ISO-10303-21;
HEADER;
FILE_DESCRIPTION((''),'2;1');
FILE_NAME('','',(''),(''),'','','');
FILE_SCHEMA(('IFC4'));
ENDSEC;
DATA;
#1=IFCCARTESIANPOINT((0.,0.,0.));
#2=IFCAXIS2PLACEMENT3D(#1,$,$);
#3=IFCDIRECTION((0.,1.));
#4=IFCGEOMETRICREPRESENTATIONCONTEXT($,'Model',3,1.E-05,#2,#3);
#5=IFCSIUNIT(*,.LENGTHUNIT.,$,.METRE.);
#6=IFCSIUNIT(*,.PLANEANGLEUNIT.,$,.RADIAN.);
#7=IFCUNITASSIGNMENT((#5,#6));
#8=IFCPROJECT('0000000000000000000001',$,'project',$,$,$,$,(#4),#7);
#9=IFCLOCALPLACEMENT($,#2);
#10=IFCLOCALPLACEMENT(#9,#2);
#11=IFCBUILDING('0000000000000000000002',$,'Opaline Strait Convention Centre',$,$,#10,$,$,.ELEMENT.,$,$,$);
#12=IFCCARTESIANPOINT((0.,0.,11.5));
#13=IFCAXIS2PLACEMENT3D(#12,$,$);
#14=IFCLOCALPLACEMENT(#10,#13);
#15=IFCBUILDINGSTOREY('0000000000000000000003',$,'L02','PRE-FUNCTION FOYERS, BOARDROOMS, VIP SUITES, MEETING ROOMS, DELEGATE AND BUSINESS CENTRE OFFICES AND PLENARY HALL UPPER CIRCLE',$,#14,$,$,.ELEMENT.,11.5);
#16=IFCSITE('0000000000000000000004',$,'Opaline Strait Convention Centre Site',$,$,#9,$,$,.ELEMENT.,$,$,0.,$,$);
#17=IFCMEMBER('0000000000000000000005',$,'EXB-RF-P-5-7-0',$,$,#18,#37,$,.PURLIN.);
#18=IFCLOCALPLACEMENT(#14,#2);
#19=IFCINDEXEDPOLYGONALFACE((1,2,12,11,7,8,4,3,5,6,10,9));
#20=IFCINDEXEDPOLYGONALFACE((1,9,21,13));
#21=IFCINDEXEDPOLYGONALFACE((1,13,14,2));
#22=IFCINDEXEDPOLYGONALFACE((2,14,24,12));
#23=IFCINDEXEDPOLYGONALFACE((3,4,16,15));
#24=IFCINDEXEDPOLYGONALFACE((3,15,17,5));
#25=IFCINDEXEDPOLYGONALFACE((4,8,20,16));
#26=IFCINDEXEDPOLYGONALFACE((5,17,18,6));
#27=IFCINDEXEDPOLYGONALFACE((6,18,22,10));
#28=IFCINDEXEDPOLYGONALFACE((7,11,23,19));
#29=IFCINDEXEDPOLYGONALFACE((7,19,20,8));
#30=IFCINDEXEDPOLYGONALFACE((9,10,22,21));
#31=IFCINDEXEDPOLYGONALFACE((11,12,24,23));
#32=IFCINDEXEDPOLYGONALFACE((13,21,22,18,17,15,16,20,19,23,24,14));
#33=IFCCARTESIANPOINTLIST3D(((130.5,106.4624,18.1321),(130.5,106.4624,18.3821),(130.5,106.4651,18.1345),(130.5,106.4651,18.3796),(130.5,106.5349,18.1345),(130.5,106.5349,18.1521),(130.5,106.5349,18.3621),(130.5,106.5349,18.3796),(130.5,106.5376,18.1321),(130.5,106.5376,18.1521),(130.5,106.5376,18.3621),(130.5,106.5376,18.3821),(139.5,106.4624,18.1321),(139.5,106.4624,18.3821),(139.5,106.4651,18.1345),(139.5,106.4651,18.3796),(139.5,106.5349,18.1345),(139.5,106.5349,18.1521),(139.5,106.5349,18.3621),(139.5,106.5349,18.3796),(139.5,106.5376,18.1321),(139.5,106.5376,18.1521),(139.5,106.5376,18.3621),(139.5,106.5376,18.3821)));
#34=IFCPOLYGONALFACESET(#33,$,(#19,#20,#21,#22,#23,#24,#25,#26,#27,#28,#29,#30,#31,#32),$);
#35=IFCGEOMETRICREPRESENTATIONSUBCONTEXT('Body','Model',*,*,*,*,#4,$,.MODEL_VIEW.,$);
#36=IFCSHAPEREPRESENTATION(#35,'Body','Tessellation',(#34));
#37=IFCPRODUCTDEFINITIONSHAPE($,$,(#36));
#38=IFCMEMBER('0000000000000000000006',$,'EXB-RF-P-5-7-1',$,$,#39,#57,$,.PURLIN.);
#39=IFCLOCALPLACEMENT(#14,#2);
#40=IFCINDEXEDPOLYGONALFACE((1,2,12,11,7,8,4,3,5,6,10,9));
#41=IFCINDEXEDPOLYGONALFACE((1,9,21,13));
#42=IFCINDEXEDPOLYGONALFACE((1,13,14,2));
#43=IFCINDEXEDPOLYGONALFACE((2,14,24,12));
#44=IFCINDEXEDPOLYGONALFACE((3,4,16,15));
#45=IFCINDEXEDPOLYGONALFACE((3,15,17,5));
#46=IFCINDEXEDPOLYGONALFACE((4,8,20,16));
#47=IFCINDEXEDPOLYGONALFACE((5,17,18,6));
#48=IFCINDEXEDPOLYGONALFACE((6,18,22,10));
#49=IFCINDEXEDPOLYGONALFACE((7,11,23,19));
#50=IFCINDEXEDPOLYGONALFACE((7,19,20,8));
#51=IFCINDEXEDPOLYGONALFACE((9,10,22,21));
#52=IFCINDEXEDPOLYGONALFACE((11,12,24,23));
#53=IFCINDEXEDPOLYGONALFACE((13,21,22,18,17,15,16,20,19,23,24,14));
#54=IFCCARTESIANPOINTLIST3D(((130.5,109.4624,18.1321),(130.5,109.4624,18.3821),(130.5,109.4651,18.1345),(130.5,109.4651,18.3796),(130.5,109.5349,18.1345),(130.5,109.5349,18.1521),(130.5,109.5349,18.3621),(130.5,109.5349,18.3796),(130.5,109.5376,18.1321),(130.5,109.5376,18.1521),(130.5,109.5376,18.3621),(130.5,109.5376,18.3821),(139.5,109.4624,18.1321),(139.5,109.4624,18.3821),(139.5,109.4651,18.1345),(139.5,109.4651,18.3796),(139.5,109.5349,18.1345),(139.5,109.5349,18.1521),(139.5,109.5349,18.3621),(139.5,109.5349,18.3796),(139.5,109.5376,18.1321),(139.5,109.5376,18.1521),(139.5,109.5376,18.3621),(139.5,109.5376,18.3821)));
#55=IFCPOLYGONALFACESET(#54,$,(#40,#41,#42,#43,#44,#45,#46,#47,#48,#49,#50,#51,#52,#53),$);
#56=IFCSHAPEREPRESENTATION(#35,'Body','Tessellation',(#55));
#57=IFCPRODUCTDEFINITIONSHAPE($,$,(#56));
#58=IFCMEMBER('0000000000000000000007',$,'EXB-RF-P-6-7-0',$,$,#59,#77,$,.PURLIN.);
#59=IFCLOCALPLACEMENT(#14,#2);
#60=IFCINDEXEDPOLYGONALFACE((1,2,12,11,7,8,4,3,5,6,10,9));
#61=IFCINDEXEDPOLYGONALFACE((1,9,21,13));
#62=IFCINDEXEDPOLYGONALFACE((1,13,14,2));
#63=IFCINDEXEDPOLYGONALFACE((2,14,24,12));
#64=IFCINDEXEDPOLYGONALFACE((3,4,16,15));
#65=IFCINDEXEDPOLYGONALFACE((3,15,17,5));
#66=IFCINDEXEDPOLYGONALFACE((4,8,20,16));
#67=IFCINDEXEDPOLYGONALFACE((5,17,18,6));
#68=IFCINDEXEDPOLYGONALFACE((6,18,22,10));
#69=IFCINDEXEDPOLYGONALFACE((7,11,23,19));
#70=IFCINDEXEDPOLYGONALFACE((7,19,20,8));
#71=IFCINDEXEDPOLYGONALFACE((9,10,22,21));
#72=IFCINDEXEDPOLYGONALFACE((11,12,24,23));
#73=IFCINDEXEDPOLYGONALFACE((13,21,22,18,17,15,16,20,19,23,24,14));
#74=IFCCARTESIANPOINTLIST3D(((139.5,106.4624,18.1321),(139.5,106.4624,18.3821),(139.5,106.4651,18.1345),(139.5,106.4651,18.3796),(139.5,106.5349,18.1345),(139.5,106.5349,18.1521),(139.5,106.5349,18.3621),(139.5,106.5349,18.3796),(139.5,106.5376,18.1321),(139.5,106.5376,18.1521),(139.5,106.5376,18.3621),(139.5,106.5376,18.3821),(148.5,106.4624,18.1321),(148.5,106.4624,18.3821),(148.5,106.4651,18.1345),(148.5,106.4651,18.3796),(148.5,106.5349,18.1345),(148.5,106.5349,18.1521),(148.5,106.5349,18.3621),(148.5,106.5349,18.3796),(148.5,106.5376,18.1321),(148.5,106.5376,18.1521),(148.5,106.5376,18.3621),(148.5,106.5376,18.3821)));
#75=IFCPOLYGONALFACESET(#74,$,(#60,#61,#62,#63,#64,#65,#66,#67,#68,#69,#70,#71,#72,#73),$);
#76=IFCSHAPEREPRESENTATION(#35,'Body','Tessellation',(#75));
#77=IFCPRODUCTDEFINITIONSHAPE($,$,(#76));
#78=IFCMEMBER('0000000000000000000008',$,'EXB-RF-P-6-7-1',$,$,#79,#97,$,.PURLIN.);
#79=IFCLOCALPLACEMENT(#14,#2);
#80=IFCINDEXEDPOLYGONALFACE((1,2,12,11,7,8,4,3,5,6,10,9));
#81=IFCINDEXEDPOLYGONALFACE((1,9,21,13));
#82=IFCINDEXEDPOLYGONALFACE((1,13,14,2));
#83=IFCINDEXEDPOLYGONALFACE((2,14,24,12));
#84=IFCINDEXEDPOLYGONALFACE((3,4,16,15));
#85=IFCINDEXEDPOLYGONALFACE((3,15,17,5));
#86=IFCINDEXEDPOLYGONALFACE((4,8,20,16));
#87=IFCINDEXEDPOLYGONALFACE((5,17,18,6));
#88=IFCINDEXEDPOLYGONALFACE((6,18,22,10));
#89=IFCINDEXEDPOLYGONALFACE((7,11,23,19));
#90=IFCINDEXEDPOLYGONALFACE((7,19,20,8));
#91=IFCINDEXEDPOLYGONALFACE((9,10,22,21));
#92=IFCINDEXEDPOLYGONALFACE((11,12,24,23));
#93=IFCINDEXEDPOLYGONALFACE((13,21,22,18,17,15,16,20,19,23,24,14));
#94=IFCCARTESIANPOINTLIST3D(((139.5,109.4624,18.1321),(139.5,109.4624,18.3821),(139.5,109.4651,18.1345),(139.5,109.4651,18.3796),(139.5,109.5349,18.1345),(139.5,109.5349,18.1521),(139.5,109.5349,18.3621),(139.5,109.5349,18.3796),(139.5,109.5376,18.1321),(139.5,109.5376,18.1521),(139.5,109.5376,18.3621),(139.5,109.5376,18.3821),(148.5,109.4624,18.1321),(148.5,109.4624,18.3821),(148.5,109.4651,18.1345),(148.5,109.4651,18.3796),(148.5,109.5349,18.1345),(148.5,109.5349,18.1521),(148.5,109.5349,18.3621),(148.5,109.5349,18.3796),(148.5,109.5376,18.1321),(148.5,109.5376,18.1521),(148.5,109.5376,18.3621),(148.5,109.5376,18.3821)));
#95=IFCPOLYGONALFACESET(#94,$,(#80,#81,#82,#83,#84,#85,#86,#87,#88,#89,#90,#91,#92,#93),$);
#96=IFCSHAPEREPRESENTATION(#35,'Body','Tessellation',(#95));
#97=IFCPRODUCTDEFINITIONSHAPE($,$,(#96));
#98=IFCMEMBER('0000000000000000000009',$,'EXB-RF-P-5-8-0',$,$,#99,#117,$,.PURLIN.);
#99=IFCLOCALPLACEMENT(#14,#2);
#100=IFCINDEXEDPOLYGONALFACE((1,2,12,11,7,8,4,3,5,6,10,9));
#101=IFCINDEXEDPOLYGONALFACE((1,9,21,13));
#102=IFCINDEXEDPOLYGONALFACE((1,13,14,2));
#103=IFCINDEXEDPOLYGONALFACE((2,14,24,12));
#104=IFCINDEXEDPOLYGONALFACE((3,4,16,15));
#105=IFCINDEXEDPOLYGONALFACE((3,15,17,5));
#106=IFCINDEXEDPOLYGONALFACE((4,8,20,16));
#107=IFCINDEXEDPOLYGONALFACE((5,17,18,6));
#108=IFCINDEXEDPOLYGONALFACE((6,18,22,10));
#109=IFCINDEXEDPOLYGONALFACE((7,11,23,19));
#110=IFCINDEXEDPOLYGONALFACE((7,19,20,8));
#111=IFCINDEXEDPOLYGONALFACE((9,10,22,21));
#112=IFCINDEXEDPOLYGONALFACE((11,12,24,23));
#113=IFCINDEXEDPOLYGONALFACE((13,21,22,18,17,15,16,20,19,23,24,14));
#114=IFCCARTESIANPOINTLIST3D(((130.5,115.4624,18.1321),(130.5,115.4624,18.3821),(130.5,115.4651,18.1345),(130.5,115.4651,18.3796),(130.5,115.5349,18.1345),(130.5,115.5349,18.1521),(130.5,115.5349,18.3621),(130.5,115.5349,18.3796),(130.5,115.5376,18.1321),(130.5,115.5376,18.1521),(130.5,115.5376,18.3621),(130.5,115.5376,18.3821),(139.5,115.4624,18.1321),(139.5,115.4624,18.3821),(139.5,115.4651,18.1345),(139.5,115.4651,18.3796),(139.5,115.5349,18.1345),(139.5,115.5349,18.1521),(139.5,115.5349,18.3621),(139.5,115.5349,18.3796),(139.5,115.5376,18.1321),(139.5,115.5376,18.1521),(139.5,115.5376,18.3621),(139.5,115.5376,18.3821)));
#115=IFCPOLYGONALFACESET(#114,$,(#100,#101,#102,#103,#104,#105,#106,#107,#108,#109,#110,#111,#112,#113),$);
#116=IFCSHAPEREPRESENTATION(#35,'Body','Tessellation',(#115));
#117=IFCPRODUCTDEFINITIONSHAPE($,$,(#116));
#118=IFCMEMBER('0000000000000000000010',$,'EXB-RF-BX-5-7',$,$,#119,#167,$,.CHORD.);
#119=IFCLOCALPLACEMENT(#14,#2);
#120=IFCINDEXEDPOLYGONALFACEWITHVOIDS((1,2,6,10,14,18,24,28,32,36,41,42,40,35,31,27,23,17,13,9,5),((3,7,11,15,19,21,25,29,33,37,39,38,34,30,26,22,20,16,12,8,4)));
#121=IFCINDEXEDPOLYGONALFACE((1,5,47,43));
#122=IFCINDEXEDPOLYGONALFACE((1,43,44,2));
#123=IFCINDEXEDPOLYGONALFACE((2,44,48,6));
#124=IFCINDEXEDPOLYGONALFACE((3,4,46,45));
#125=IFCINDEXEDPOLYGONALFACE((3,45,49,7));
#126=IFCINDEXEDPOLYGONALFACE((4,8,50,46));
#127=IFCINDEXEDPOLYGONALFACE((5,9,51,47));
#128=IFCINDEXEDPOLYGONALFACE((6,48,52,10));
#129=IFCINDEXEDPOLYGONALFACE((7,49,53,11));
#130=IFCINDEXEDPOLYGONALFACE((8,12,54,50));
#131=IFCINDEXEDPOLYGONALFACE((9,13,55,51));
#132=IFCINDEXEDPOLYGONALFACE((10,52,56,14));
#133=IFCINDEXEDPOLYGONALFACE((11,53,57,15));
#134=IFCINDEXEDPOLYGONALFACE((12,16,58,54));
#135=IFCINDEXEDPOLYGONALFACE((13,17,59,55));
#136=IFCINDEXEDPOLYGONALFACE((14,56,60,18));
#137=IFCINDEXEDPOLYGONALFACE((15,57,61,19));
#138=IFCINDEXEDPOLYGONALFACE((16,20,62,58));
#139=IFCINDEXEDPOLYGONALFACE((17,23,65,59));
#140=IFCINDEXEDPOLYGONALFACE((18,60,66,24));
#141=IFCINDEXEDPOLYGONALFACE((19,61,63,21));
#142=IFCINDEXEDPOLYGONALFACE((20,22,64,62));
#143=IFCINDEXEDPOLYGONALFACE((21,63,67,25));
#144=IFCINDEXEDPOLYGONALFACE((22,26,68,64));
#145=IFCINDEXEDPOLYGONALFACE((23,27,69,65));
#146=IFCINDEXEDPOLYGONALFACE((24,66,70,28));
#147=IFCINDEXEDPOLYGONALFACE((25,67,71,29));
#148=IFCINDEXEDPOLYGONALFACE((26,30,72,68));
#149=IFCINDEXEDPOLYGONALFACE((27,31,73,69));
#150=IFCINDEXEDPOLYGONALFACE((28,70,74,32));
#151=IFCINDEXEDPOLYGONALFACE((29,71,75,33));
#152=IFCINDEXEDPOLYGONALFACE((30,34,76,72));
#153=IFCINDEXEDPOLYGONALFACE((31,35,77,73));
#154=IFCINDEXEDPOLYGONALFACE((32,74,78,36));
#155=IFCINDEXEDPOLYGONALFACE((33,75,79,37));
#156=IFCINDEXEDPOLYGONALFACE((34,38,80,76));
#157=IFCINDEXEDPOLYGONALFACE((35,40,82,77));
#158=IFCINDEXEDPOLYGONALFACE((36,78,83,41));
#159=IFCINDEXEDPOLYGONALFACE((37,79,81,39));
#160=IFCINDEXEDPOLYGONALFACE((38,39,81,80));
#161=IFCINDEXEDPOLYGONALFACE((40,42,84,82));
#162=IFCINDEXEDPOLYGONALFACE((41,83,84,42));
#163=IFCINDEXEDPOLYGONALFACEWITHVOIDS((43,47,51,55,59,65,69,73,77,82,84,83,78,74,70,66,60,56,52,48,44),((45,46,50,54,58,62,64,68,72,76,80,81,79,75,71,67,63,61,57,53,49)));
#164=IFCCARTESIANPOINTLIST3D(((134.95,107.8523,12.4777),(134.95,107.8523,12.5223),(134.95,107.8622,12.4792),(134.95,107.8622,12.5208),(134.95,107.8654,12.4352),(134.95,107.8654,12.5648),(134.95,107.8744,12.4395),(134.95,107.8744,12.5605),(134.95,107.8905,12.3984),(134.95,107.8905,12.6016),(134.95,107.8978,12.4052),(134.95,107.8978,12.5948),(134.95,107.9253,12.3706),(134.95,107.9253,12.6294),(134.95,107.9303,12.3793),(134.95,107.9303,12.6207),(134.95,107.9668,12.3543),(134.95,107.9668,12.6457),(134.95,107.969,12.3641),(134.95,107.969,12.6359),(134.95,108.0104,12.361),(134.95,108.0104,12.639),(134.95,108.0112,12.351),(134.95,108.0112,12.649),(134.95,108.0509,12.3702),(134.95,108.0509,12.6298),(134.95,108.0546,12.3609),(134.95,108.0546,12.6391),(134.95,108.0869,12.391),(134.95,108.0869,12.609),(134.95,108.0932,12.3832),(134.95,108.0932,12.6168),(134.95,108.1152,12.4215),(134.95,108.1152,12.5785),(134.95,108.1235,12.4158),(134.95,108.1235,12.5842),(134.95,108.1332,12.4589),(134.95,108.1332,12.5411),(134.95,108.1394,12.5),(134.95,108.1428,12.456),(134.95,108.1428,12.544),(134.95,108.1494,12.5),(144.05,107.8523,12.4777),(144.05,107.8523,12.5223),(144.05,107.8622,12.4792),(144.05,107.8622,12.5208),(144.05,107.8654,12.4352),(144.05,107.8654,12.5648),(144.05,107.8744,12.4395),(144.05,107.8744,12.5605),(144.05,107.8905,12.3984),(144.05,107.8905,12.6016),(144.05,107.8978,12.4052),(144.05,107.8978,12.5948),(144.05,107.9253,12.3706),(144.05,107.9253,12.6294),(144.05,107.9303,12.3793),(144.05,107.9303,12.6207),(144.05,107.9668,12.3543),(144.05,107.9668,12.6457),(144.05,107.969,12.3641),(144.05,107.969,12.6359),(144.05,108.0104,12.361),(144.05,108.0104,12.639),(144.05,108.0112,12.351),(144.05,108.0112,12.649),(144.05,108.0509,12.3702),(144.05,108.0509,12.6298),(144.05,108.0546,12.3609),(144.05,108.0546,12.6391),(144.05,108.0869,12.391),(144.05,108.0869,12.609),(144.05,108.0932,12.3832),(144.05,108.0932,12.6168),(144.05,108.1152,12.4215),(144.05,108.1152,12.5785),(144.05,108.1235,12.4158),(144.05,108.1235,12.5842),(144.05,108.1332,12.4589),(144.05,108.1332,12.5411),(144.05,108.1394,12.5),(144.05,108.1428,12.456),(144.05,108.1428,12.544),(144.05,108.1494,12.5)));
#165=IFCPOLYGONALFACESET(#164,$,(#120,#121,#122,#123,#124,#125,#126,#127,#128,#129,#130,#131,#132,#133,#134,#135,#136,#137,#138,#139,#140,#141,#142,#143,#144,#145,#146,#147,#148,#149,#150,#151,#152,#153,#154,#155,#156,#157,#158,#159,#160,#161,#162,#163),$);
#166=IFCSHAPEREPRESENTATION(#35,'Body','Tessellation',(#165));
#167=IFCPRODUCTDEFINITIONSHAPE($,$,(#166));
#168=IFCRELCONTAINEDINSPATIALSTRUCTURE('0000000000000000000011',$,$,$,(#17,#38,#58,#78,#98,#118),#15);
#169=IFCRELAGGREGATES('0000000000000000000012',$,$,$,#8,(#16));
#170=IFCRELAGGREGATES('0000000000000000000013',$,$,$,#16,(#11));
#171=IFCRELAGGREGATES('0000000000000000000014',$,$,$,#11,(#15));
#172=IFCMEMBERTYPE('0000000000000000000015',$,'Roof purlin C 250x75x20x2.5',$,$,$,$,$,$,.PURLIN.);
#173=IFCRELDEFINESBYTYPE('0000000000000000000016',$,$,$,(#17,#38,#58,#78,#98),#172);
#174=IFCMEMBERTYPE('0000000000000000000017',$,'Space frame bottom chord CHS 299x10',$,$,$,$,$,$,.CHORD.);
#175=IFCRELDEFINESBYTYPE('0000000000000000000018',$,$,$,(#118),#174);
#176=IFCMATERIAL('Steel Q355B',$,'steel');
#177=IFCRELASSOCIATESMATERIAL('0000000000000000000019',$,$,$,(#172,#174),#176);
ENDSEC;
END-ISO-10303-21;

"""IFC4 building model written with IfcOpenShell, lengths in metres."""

from ifc_helpers import new_model, si_unit, direction, frame, origin, origin_2d, place, context, subcontext, project, spatial, polyline, hollow_circle, outline, extrude, material, material_profile, profile_set, type_object, element, save


model = new_model("IFC4")

# Units and contexts
model_context = context("Model", 3, precision=1e-05, world=origin(), true_north=direction((0.0, 1.0)))
body_context = subcontext(model_context, "Body", "Model", "MODEL_VIEW")
ifc_project = project(units=[si_unit("LENGTHUNIT", "METRE"), si_unit("PLANEANGLEUNIT", "RADIAN")], contexts=[model_context])

# Site, building, storey
site_placement = place(None, origin())
site = spatial("IfcSite", under=ifc_project, at=site_placement, Name="Opaline Strait Convention Centre Site", CompositionType="ELEMENT", RefElevation=0.0)
building_placement = place(site_placement, origin())
building = spatial("IfcBuilding", under=site, at=building_placement, Name="Opaline Strait Convention Centre", CompositionType="ELEMENT")
storey_placement = place(building_placement, frame((0.0, 0.0, 11.5)))
storey = spatial("IfcBuildingStorey", under=building, at=storey_placement, Name="L02", Description="PRE-FUNCTION FOYERS, BOARDROOMS, VIP SUITES, MEETING ROOMS, DELEGATE AND BUSINESS CENTRE OFFICES AND PLENARY HALL UPPER CIRCLE", CompositionType="ELEMENT", Elevation=11.5)

# Members
ifc_material = material(Name="Steel Q355B", Category="steel")
ifc_material_profile_1 = material_profile(ifc_material, outline(polyline([(-0.0376, -0.125), (0.0376, -0.125), (0.0376, -0.105), (0.0349, -0.105), (0.0349, -0.1226), (-0.0349, -0.1226), (-0.0349, 0.1226), (0.0349, 0.1226), (0.0349, 0.105), (0.0376, 0.105), (0.0376, 0.125), (-0.0376, 0.125), (-0.0376, -0.125)])), Name="C 250x75x20x2.5")
ifc_profile_set_1 = profile_set([ifc_material_profile_1], Name="Steel Q355B")
member_type_1 = type_object("IfcMemberType", Name="Roof purlin C 250x75x20x2.5", PredefinedType="PURLIN", material=ifc_profile_set_1)
for number, where, z_axis, x_axis, name in (
    (1, (130.5, 106.5, 18.2571), (1.0, 0.0, 0.0), (0.0, 1.0, 0.0), "EXB-RF-P-5-7-0"),
    (2, (130.5, 109.5, 18.2571), (1.0, 0.0, 0.0), (0.0, 1.0, 0.0), "EXB-RF-P-5-7-1"),
    (3, (139.5, 106.5, 18.2571), (1.0, 0.0, 0.0), (0.0, 1.0, 0.0), "EXB-RF-P-6-7-0"),
    (4, (139.5, 109.5, 18.2571), (1.0, 0.0, 0.0), (0.0, 1.0, 0.0), "EXB-RF-P-6-7-1"),
    (5, (130.5, 115.5, 18.2571), (1.0, 0.0, 0.0), (0.0, 1.0, 0.0), "EXB-RF-P-5-8-0"),
):
    element("IfcMember", number, at=place(storey_placement, frame(where, z_axis=z_axis, x_axis=x_axis)), inside=storey, type_object=member_type_1, Name=name, PredefinedType="PURLIN", context=body_context, shape_type="SweptSolid", body=[
        extrude(outline(polyline([(-0.0376, -0.125), (0.0376, -0.125), (0.0376, -0.105), (0.0349, -0.105), (0.0349, -0.1226), (-0.0349, -0.1226), (-0.0349, 0.1226), (0.0349, 0.1226), (0.0349, 0.105), (0.0376, 0.105), (0.0376, 0.125), (-0.0376, 0.125), (-0.0376, -0.125)])), origin(), (0.0, 0.0, 1.0), 9.0),
    ])
ifc_material_profile_2 = material_profile(ifc_material, hollow_circle(Radius=0.1494, WallThickness=0.01, at=origin_2d()), Name="CHS 299x10")
ifc_profile_set_2 = profile_set([ifc_material_profile_2], Name="Steel Q355B")
member_type_2 = type_object("IfcMemberType", Name="Space frame bottom chord CHS 299x10", PredefinedType="CHORD", material=ifc_profile_set_2)
for number, where, z_axis, x_axis, name in (
    (6, (134.95, 108.0, 12.5), (1.0, 0.0, 0.0), (0.0, 1.0, 0.0), "EXB-RF-BX-5-7"),
):
    element("IfcMember", number, at=place(storey_placement, frame(where, z_axis=z_axis, x_axis=x_axis)), inside=storey, type_object=member_type_2, Name=name, PredefinedType="CHORD", context=body_context, shape_type="SweptSolid", body=[
        extrude(hollow_circle(Radius=0.1494, WallThickness=0.01, at=origin_2d()), origin(), (0.0, 0.0, 1.0), 9.1001),
    ])

save(model, "model.ifc")
